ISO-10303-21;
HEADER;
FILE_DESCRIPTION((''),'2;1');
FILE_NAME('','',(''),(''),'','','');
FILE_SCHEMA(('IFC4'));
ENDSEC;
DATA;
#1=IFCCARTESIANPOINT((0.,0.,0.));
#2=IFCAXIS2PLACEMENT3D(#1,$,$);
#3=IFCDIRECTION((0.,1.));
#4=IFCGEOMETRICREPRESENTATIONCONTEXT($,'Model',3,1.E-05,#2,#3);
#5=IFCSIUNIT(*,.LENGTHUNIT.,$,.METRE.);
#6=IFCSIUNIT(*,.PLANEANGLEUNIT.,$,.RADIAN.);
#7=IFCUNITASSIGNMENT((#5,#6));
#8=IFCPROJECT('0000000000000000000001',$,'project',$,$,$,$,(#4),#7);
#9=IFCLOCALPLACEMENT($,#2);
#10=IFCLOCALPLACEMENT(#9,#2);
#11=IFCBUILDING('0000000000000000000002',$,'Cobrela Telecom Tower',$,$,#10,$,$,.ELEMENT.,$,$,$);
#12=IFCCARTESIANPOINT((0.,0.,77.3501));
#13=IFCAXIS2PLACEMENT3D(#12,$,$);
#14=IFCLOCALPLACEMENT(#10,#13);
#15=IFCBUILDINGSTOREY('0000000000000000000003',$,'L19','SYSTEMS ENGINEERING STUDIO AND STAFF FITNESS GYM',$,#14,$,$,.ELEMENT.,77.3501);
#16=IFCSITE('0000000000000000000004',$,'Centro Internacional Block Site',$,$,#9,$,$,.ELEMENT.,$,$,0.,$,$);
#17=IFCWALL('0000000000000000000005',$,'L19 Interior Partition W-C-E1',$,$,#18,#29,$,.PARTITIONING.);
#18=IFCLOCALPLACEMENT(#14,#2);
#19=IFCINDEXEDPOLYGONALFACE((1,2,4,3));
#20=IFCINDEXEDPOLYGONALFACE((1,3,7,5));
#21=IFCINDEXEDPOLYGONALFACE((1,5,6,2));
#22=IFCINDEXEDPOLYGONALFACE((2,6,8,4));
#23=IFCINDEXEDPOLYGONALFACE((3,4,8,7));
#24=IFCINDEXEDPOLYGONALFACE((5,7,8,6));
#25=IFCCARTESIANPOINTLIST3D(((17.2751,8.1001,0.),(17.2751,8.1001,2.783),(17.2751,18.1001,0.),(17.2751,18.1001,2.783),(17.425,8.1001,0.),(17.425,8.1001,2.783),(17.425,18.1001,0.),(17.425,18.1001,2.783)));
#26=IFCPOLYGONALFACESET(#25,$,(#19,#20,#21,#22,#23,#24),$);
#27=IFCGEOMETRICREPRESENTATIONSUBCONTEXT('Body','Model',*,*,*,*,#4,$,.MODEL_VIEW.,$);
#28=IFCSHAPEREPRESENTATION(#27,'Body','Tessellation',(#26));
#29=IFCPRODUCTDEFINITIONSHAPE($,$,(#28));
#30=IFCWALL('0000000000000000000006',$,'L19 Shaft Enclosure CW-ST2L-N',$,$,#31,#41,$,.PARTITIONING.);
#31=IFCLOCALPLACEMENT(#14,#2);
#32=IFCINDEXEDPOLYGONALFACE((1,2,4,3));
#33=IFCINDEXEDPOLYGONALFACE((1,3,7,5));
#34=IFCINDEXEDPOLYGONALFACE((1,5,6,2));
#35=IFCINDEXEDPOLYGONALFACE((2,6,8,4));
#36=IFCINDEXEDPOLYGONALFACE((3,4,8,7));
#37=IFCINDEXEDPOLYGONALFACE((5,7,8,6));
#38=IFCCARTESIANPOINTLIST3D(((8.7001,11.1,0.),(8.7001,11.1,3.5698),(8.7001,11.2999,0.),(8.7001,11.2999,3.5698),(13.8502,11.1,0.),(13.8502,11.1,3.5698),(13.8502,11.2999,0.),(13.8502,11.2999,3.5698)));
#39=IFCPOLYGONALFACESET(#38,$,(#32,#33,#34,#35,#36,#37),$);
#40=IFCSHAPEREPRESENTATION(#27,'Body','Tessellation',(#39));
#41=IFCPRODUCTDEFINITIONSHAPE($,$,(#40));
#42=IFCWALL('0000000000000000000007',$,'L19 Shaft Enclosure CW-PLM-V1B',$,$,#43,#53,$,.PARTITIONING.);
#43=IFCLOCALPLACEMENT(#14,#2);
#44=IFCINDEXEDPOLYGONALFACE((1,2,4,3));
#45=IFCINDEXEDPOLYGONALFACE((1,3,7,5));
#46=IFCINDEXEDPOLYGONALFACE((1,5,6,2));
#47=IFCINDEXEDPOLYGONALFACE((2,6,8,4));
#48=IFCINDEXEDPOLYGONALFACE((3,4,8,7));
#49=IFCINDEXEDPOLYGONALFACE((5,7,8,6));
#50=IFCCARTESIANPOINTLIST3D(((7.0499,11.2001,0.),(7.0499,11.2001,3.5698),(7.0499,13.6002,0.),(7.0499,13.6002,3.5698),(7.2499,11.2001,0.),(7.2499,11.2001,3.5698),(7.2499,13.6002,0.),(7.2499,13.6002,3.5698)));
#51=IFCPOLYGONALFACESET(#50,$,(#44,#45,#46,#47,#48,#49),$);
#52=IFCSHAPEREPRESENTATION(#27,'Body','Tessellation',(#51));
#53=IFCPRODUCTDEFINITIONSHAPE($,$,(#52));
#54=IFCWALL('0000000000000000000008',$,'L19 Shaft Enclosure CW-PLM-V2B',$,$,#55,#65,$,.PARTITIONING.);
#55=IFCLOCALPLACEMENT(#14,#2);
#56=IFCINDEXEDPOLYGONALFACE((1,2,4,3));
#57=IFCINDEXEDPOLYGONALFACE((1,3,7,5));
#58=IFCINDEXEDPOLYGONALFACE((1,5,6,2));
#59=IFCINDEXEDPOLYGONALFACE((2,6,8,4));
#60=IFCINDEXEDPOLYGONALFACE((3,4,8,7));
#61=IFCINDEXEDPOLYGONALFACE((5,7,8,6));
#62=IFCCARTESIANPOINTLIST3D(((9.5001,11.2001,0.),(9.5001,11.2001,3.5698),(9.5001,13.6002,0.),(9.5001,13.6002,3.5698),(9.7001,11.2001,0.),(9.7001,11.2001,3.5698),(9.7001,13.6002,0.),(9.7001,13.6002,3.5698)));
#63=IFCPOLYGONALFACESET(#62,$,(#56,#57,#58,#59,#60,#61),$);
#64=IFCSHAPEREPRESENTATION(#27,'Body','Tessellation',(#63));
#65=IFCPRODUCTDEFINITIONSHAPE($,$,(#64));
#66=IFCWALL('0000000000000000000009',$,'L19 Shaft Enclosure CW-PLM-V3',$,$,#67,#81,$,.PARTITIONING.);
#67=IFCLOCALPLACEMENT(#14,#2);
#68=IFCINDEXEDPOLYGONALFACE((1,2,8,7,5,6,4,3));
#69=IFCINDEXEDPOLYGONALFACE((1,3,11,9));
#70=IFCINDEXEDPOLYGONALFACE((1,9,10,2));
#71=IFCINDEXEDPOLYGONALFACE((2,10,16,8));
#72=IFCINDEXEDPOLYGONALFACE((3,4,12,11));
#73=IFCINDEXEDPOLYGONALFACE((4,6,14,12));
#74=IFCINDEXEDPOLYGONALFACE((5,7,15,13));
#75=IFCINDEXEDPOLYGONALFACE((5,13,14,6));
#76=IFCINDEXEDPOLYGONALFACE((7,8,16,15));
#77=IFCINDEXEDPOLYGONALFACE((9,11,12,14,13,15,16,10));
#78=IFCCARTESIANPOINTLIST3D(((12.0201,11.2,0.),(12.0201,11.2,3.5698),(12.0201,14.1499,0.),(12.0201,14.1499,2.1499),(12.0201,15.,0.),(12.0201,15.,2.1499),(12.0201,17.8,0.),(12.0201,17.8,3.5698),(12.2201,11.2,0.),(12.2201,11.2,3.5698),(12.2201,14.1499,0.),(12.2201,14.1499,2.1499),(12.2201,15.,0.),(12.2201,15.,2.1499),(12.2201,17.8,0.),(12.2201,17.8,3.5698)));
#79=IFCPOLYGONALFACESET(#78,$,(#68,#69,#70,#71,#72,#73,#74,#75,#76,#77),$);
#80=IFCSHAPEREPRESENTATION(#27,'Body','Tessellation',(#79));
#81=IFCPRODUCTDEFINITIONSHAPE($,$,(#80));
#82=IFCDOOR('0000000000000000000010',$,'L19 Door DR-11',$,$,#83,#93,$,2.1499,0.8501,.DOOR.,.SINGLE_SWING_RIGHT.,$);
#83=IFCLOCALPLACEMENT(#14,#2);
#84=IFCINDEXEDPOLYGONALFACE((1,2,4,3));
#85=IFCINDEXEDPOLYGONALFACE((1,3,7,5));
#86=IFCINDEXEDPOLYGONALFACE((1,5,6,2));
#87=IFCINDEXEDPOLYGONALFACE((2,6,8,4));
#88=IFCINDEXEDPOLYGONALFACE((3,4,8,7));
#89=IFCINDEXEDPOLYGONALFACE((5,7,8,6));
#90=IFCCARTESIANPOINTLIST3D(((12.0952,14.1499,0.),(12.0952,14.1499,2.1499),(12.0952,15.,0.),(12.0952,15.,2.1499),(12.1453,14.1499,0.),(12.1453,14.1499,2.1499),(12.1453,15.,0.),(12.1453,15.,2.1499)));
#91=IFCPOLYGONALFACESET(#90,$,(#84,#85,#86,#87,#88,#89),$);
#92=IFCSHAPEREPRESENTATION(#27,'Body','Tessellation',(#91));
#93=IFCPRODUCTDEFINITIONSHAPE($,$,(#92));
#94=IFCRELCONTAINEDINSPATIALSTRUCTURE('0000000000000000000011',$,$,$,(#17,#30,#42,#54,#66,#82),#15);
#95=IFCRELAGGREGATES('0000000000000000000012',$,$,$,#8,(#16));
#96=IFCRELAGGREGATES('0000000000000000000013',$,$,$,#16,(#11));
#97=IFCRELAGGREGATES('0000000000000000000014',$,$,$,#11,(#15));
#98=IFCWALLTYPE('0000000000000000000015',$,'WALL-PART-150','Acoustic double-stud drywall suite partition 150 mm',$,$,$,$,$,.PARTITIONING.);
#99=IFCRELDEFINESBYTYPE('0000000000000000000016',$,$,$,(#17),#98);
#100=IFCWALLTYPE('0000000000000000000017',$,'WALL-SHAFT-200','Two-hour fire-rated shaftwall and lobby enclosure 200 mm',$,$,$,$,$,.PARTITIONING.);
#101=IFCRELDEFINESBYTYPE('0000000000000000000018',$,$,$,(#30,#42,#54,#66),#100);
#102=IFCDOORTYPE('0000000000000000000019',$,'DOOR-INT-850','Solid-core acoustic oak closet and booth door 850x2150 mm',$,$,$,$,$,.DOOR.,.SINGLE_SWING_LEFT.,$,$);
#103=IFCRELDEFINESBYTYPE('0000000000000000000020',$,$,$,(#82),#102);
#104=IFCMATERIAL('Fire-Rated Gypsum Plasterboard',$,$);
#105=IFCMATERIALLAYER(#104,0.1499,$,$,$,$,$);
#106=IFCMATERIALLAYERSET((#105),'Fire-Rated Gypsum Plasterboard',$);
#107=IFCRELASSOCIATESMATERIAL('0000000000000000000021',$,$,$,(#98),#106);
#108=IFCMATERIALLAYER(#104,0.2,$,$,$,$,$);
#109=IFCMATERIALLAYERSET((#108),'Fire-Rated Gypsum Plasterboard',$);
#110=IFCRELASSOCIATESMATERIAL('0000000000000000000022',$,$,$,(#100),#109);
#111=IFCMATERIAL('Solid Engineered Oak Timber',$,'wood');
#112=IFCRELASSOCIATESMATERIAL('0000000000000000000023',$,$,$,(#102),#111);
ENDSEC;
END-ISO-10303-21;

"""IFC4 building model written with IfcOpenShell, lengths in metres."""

from ifc_helpers import new_model, si_unit, direction, frame, frame_2d, origin, place, context, subcontext, project, spatial, rectangle, extrude, material, layer, layer_set, type_object, element, fill, save


model = new_model("IFC4")

# Units and contexts
model_context = context("Model", 3, precision=1e-05, world=origin(), true_north=direction((0.0, 1.0)))
body_context = subcontext(model_context, "Body", "Model", "MODEL_VIEW")
ifc_project = project(units=[si_unit("LENGTHUNIT", "METRE"), si_unit("PLANEANGLEUNIT", "RADIAN")], contexts=[model_context])

# Site, building, storey
site_placement = place(None, origin())
site = spatial("IfcSite", under=ifc_project, at=site_placement, Name="Centro Internacional Block Site", CompositionType="ELEMENT", RefElevation=0.0)
building_placement = place(site_placement, origin())
building = spatial("IfcBuilding", under=site, at=building_placement, Name="Cobrela Telecom Tower", CompositionType="ELEMENT")
storey_placement = place(building_placement, frame((0.0, 0.0, 77.3501)))
storey = spatial("IfcBuildingStorey", under=building, at=storey_placement, Name="L19", Description="SYSTEMS ENGINEERING STUDIO AND STAFF FITNESS GYM", CompositionType="ELEMENT", Elevation=77.3501)

# Shared definitions
ifc_material_1 = material(Name="Fire-Rated Gypsum Plasterboard")
ifc_layer_1 = layer(ifc_material_1, 0.1499)
ifc_layer_set_1 = layer_set([ifc_layer_1], Name="Fire-Rated Gypsum Plasterboard")
wall_type_1 = type_object("IfcWallType", Name="WALL-PART-150", Description="Acoustic double-stud drywall suite partition 150 mm", PredefinedType="PARTITIONING", material=ifc_layer_set_1)
ifc_material_2 = material(Name="Solid Engineered Oak Timber", Category="wood")

# Walls
wall_1_placement = place(storey_placement, frame((17.3501, 8.1001, 0.0), z_axis=(0.0, 0.0, 1.0), x_axis=(0.0, 1.0, 0.0)))
element("IfcWall", 1, at=wall_1_placement, inside=storey, type_object=wall_type_1, Name="L19 Interior Partition W-C-E1", PredefinedType="PARTITIONING", context=body_context, shape_type="SweptSolid", body=[
    extrude(rectangle(XDim=10.0, YDim=0.1499, at=frame_2d((5.0, 0.0))), origin(), (0.0, 0.0, 1.0), 2.783),
])
ifc_layer_2 = layer(ifc_material_1, 0.2)
ifc_layer_set_2 = layer_set([ifc_layer_2], Name="Fire-Rated Gypsum Plasterboard")
wall_type_2 = type_object("IfcWallType", Name="WALL-SHAFT-200", Description="Two-hour fire-rated shaftwall and lobby enclosure 200 mm", PredefinedType="PARTITIONING", material=ifc_layer_set_2)
wall_2_placement = place(storey_placement, frame((8.7, 11.2, 0.0), z_axis=(0.0, 0.0, 1.0), x_axis=(1.0, 0.0, 0.0)))
element("IfcWall", 2, at=wall_2_placement, inside=storey, type_object=wall_type_2, Name="L19 Shaft Enclosure CW-ST2L-N", PredefinedType="PARTITIONING", context=body_context, shape_type="SweptSolid", body=[
    extrude(rectangle(XDim=5.1501, YDim=0.2, at=frame_2d((2.5752, 0.0))), origin(), (0.0, 0.0, 1.0), 3.5698),
])
for number, where, z_axis, x_axis, name in (
    (3, (7.1499, 11.2, 0.0), (0.0, 0.0, 1.0), (0.0, 1.0, 0.0), "L19 Shaft Enclosure CW-PLM-V1B"),
    (4, (9.6001, 11.2, 0.0), (0.0, 0.0, 1.0), (0.0, 1.0, 0.0), "L19 Shaft Enclosure CW-PLM-V2B"),
):
    element("IfcWall", number, at=place(storey_placement, frame(where, z_axis=z_axis, x_axis=x_axis)), inside=storey, type_object=wall_type_2, Name=name, PredefinedType="PARTITIONING", context=body_context, shape_type="SweptSolid", body=[
        extrude(rectangle(XDim=2.4001, YDim=0.2, at=frame_2d((1.2002, 0.0))), origin(), (0.0, 0.0, 1.0), 3.5698),
    ])

# Wall, opening, door
wall_3_placement = place(storey_placement, frame((12.1201, 11.2, 0.0), z_axis=(0.0, 0.0, 1.0), x_axis=(0.0, 1.0, 0.0)))
wall_3 = element("IfcWall", 5, at=wall_3_placement, inside=storey, type_object=wall_type_2, Name="L19 Shaft Enclosure CW-PLM-V3", PredefinedType="PARTITIONING", context=body_context, shape_type="SweptSolid", body=[
    extrude(rectangle(XDim=6.6001, YDim=0.2, at=frame_2d((3.3, 0.0))), origin(), (0.0, 0.0, 1.0), 3.5698),
])
opening_1_placement = place(wall_3_placement, frame((2.95, 0.0, 0.0)))
opening_1 = element("IfcOpeningElement", 6, at=opening_1_placement, cuts=wall_3, PredefinedType="OPENING", context=body_context, shape_type="SweptSolid", body=[
    extrude(rectangle(XDim=0.8501, YDim=2.1499, at=frame_2d((0.425, 1.075))), frame((0.0, 0.1118, 0.0), z_axis=(0.0, -1.0, 0.0), x_axis=(1.0, 0.0, 0.0)), (0.0, 0.0, 1.0), 0.2239),
])
door_type_1 = type_object("IfcDoorType", Name="DOOR-INT-850", Description="Solid-core acoustic oak closet and booth door 850x2150 mm", OperationType="SINGLE_SWING_LEFT", PredefinedType="DOOR", material=ifc_material_2)
door_1_placement = place(opening_1_placement, origin())
door_1 = element("IfcDoor", 7, at=door_1_placement, inside=storey, type_object=door_type_1, Name="L19 Door DR-11", OperationType="SINGLE_SWING_RIGHT", OverallHeight=2.1499, OverallWidth=0.8501, PredefinedType="DOOR", context=body_context, shape_type="SweptSolid", body=[
    extrude(rectangle(XDim=0.8501, YDim=2.1499, at=frame_2d((0.425, 1.075))), frame((0.0, 0.0249, 0.0), z_axis=(0.0, -1.0, 0.0), x_axis=(1.0, 0.0, 0.0)), (0.0, 0.0, 1.0), 0.05),
])
fill(opening_1, door_1)

save(model, "model.ifc")
